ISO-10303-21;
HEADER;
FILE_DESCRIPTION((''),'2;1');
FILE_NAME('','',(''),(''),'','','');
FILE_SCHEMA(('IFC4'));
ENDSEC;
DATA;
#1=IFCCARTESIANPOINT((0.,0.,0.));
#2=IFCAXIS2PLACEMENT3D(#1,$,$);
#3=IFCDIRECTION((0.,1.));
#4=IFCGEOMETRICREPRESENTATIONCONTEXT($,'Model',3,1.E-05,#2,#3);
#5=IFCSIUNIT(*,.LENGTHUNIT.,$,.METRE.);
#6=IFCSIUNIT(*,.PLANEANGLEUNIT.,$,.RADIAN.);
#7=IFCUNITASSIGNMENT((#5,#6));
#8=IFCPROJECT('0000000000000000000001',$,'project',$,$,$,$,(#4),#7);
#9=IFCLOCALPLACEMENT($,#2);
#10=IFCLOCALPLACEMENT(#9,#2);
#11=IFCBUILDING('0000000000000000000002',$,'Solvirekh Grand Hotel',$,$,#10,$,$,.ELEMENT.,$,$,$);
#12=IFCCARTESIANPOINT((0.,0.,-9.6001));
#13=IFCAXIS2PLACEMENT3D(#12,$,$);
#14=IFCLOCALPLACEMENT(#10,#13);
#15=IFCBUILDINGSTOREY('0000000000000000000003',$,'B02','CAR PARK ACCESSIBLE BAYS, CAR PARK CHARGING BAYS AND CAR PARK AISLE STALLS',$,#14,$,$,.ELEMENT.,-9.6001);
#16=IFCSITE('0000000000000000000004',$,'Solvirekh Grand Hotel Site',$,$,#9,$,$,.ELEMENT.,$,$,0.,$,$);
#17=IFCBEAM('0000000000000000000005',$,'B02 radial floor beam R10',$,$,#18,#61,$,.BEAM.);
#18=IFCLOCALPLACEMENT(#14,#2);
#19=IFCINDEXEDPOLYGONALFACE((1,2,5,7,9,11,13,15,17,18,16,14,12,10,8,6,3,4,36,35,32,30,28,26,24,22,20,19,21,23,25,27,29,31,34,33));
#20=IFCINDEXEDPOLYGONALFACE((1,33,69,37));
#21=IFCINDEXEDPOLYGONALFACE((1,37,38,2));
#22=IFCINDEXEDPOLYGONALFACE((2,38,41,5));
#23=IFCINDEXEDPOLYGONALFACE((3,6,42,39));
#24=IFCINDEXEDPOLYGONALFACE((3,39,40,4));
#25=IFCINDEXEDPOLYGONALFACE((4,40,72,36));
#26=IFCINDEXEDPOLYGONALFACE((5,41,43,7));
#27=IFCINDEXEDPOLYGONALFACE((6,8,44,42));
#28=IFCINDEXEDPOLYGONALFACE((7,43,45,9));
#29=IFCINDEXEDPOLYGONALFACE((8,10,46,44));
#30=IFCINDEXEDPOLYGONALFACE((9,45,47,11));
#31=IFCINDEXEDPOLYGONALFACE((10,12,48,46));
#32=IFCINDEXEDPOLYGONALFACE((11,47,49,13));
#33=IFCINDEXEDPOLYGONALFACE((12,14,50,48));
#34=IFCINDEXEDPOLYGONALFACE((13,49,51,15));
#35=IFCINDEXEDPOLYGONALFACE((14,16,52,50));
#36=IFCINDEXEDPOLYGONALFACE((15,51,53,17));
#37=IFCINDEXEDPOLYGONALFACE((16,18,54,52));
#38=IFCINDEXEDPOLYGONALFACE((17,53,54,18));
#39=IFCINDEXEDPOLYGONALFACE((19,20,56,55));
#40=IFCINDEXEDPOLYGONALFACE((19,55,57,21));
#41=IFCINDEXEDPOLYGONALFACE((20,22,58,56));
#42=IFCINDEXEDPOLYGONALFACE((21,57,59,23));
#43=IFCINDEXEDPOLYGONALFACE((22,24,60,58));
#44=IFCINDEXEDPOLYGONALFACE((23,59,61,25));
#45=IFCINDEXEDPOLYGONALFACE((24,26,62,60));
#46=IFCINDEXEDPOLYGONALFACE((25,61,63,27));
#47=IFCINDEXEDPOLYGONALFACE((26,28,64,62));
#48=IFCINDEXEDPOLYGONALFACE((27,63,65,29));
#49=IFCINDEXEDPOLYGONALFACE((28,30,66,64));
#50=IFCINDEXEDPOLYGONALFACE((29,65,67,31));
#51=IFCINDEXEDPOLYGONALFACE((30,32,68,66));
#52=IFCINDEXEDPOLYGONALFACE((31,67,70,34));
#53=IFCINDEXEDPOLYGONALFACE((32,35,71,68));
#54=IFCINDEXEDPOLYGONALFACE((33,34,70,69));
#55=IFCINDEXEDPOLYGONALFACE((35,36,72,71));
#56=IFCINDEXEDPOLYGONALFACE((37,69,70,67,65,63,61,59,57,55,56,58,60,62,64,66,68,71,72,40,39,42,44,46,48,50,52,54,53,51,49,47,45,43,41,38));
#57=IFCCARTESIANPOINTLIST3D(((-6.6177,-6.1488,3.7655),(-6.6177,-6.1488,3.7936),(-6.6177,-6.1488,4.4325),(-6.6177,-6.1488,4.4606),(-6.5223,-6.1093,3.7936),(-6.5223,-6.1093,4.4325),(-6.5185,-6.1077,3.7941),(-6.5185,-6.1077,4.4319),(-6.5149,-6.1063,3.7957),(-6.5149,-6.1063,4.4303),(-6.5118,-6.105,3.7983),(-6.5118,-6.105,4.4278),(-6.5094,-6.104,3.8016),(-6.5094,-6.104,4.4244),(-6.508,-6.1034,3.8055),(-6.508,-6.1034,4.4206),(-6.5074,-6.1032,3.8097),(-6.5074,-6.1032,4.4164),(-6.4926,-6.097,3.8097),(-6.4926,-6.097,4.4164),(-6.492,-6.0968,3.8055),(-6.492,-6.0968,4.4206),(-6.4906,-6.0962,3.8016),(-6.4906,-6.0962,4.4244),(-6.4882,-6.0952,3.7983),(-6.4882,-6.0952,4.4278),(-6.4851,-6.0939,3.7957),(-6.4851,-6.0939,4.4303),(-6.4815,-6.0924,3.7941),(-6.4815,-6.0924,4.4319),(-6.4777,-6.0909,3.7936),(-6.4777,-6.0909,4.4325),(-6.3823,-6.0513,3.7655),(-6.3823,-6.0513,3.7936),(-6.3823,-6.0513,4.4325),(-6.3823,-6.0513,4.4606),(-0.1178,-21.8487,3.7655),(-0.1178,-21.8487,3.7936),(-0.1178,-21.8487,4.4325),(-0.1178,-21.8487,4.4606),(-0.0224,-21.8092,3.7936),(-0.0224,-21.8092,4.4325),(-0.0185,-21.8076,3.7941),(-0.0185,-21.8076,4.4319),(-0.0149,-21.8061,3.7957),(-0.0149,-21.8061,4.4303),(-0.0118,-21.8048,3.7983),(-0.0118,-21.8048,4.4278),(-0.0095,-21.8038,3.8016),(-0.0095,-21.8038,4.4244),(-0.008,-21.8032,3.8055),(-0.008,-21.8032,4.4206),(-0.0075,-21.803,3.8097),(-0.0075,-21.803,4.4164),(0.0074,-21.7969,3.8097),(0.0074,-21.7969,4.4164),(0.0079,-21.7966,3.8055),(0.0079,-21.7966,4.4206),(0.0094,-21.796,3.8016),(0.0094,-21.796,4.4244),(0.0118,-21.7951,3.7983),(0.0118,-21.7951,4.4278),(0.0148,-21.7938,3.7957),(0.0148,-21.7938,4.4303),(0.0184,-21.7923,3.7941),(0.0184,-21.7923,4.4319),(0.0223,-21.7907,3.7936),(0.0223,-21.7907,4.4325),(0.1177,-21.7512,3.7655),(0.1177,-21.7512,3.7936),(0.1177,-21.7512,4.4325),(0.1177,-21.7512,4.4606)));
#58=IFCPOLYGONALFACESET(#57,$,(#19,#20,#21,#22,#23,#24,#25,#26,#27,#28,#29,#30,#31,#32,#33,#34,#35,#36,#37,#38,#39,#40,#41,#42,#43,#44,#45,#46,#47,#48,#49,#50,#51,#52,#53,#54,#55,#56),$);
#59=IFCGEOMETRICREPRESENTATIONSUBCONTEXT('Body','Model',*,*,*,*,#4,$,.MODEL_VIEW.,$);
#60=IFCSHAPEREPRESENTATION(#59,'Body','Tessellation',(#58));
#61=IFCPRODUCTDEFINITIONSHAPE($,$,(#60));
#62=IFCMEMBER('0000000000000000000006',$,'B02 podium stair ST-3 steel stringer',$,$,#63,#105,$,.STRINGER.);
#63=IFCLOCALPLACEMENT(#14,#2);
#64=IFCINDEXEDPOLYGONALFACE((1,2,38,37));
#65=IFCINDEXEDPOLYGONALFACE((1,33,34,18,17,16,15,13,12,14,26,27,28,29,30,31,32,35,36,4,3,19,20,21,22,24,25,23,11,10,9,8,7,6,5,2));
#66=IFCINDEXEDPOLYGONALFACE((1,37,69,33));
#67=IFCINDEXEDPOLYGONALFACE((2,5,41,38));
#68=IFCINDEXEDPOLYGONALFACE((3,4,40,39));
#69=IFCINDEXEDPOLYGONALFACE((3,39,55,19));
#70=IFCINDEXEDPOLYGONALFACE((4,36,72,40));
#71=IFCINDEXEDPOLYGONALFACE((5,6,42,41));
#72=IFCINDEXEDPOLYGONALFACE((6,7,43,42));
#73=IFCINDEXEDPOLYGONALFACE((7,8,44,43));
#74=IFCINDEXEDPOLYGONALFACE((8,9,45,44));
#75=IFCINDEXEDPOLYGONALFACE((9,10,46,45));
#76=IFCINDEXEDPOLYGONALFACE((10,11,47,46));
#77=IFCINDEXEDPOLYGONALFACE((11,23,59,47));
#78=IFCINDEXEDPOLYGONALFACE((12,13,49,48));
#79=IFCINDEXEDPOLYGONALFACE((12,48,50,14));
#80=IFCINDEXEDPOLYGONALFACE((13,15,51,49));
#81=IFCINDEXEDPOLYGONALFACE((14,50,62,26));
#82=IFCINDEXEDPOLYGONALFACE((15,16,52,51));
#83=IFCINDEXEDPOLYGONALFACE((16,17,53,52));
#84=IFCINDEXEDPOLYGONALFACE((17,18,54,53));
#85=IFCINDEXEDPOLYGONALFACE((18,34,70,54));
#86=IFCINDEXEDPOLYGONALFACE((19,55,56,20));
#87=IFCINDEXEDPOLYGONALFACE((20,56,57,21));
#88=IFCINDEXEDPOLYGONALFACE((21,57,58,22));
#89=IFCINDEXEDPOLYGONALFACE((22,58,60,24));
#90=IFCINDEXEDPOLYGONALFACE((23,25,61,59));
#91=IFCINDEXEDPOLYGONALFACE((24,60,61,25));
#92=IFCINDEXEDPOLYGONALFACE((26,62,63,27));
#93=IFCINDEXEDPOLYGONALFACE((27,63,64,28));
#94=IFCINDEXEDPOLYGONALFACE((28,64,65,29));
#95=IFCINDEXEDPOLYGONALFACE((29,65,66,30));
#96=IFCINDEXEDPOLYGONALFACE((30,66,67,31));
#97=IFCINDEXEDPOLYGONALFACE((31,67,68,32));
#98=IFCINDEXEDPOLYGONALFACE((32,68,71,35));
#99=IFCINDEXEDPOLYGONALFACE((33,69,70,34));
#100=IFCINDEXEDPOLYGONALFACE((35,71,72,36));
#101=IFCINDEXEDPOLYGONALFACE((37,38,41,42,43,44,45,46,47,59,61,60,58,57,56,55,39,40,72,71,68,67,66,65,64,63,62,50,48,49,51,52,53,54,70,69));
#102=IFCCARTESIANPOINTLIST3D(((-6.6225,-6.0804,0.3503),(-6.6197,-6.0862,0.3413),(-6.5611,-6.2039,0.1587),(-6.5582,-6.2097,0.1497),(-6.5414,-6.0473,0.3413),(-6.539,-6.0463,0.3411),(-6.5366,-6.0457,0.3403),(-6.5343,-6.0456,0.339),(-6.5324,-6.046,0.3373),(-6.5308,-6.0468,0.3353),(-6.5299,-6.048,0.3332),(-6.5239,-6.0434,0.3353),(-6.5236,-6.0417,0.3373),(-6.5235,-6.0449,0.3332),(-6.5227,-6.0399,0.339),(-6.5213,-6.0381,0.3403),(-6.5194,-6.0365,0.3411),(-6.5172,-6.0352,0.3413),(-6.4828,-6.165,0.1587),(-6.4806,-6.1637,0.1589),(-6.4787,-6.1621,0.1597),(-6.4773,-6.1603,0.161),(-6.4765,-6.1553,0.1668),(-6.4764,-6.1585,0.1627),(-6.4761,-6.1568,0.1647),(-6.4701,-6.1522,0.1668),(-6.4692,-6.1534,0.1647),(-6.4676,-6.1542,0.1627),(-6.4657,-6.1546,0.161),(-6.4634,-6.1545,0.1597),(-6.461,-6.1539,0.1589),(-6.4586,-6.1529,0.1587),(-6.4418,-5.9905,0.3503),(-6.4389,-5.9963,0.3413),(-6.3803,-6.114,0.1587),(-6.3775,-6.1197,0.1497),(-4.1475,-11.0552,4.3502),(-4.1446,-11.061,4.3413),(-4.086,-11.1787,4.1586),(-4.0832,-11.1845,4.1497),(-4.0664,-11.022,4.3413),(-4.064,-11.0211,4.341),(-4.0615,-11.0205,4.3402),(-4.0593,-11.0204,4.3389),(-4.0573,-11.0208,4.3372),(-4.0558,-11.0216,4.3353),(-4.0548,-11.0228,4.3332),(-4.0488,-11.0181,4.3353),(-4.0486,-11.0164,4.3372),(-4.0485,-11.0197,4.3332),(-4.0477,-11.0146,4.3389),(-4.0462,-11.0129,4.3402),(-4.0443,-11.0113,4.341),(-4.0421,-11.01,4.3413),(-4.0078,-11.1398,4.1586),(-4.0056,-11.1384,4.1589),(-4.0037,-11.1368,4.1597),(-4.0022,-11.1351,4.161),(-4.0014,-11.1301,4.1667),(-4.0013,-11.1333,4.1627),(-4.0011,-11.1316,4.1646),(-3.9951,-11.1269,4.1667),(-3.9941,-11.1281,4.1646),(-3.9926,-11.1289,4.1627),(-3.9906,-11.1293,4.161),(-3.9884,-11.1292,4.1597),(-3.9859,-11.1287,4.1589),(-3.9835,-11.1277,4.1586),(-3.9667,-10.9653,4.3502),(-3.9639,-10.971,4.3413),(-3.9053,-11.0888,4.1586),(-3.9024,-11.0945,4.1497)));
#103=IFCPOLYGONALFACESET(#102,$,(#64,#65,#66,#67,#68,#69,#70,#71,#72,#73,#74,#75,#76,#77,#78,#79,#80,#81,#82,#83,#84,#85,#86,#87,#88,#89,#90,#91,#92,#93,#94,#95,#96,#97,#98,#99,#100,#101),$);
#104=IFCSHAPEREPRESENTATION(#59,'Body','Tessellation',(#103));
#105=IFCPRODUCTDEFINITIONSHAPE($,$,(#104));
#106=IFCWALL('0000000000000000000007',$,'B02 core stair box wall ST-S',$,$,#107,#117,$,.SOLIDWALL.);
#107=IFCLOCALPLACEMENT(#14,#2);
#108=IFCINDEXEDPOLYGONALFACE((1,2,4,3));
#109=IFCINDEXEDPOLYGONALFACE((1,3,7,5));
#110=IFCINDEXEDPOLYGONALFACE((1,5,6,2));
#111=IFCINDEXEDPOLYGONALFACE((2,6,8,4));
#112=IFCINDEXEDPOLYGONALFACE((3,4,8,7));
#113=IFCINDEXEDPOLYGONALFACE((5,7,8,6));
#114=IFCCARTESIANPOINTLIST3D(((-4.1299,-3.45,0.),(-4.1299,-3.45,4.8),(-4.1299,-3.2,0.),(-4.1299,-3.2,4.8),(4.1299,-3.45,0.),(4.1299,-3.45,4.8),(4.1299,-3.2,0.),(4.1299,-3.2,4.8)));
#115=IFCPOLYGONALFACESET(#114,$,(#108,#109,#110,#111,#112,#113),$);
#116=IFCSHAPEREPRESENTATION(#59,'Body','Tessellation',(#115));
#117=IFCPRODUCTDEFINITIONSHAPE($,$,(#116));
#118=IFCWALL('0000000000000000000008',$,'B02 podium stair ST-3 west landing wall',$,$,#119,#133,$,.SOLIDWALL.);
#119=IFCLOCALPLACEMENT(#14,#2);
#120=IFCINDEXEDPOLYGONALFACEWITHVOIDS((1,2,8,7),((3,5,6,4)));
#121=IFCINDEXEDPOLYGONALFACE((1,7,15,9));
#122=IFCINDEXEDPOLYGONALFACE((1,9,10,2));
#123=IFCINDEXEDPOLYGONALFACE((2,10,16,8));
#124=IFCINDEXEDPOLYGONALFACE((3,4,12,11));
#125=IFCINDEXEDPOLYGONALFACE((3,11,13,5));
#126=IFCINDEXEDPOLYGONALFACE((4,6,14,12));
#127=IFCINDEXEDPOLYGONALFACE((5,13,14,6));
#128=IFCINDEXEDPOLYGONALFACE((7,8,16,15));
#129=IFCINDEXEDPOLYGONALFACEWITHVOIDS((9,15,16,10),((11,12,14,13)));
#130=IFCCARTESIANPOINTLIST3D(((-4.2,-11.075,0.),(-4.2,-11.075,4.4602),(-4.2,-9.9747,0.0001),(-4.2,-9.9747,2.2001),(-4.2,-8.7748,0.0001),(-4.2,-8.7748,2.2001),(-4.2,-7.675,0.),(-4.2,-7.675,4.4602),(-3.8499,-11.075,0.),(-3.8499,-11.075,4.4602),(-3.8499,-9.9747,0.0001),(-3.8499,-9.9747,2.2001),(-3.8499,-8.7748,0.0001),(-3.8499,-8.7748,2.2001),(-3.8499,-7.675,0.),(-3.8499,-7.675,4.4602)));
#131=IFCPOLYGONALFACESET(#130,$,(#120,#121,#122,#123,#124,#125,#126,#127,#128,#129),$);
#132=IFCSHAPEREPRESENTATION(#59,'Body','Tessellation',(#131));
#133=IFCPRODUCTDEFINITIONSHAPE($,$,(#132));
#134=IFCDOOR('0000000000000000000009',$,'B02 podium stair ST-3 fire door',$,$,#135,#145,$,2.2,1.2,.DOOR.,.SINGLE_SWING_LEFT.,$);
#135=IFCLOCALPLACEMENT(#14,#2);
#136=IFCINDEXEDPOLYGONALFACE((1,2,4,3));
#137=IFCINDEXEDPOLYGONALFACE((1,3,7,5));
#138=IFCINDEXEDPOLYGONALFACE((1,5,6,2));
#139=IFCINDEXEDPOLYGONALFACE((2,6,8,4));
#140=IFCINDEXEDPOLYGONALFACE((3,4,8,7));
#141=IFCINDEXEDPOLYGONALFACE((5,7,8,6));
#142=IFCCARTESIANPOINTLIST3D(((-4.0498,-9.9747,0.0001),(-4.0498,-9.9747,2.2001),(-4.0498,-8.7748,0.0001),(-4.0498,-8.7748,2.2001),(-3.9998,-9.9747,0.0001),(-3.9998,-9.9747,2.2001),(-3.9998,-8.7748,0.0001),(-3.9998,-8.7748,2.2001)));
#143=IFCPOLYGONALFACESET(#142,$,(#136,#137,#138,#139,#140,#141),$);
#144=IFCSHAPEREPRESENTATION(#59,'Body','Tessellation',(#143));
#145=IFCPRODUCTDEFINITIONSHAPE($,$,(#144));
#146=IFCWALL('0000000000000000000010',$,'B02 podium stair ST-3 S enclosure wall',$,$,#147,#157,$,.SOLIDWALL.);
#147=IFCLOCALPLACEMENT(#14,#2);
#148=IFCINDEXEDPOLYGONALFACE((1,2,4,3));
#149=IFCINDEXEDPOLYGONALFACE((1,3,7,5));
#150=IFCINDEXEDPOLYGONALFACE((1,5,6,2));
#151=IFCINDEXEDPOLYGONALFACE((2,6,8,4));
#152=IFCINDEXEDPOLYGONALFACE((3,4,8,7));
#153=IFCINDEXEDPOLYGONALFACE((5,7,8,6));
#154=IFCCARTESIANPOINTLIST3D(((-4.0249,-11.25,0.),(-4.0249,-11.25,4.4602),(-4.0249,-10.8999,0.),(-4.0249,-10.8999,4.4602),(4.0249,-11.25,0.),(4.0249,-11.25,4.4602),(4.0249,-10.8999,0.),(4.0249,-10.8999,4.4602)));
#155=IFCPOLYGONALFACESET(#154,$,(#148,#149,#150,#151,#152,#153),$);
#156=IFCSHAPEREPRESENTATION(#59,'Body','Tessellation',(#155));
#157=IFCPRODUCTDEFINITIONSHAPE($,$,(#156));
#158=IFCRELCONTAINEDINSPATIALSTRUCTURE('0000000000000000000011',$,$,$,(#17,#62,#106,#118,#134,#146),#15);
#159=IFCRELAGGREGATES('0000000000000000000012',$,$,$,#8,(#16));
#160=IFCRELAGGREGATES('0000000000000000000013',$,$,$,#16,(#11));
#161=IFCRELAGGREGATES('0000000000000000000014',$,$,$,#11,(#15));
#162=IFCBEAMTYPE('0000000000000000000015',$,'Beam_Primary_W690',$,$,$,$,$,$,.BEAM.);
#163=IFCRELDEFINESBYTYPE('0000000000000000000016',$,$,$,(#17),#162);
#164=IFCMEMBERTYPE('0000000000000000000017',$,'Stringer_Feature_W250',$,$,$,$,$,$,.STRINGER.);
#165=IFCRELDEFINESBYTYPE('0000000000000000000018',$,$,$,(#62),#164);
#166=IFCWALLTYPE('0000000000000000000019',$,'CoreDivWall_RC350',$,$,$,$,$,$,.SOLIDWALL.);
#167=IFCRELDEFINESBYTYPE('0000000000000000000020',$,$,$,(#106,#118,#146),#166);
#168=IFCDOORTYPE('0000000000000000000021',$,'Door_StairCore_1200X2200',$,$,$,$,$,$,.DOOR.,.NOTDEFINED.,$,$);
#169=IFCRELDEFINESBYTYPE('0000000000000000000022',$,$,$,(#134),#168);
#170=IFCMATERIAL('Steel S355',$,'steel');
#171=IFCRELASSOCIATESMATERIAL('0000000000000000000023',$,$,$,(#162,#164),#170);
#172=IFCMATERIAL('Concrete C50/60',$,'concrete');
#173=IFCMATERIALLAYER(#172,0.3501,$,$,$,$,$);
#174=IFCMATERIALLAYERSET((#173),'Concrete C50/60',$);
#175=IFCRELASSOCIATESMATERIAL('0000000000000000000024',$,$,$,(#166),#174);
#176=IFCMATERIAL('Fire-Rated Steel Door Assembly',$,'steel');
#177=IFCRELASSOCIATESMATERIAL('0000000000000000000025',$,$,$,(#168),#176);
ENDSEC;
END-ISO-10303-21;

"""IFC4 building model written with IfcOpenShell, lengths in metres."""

from ifc_helpers import new_model, si_unit, direction, frame, frame_2d, origin, origin_2d, place, context, subcontext, project, spatial, rectangle, i_section, extrude, material, layer, layer_set, material_profile, profile_set, type_object, element, fill, save


model = new_model("IFC4")

# Units and contexts
model_context = context("Model", 3, precision=1e-05, world=origin(), true_north=direction((0.0, 1.0)))
body_context = subcontext(model_context, "Body", "Model", "MODEL_VIEW")
ifc_project = project(units=[si_unit("LENGTHUNIT", "METRE"), si_unit("PLANEANGLEUNIT", "RADIAN")], contexts=[model_context])

# Site, building, storey
site_placement = place(None, origin())
site = spatial("IfcSite", under=ifc_project, at=site_placement, Name="Solvirekh Grand Hotel Site", CompositionType="ELEMENT", RefElevation=0.0)
building_placement = place(site_placement, origin())
building = spatial("IfcBuilding", under=site, at=building_placement, Name="Solvirekh Grand Hotel", CompositionType="ELEMENT")
storey_placement = place(building_placement, frame((0.0, 0.0, -9.6001)))
storey = spatial("IfcBuildingStorey", under=building, at=storey_placement, Name="B02", Description="CAR PARK ACCESSIBLE BAYS, CAR PARK CHARGING BAYS AND CAR PARK AISLE STALLS", CompositionType="ELEMENT", Elevation=-9.6001)

# Shared definitions
ifc_material_1 = material(Name="Concrete C50/60", Category="concrete")

# Shared definitions
ifc_material_2 = material(Name="Steel S355", Category="steel")

# Beam
ifc_material_profile_1 = material_profile(ifc_material_2, i_section(OverallWidth=0.2549, OverallDepth=0.6951, WebThickness=0.0161, FlangeThickness=0.0281, FilletRadius=0.0161, at=origin_2d()), Name="W690X217")
ifc_profile_set_1 = profile_set([ifc_material_profile_1], Name="Steel S355")
beam_type_1 = type_object("IfcBeamType", Name="Beam_Primary_W690", PredefinedType="BEAM", material=ifc_profile_set_1)
beam_1_placement = place(storey_placement, frame((-6.5, -6.1001, 4.113), z_axis=(0.382526, -0.923945, 0.0), x_axis=(0.923945, 0.382526, 0.0)))
element("IfcBeam", 1, at=beam_1_placement, inside=storey, type_object=beam_type_1, Name="B02 radial floor beam R10", PredefinedType="BEAM", context=body_context, shape_type="SweptSolid", body=[
    extrude(i_section(OverallWidth=0.2549, OverallDepth=0.6951, WebThickness=0.0161, FlangeThickness=0.0281, FilletRadius=0.0161, at=origin_2d()), origin(), (0.0, 0.0, 1.0), 16.9922),
])

# Member
ifc_material_profile_2 = material_profile(ifc_material_2, i_section(OverallWidth=0.2019, OverallDepth=0.2471, WebThickness=0.0071, FlangeThickness=0.011, FilletRadius=0.01, at=origin_2d()), Name="W250X49")
ifc_profile_set_2 = profile_set([ifc_material_profile_2], Name="Steel S355")
member_type = type_object("IfcMemberType", Name="Stringer_Feature_W250", PredefinedType="STRINGER", material=ifc_profile_set_2)
member_placement = place(storey_placement, frame((-6.5, -6.1001, 0.25), z_axis=(0.36151, -0.726622, 0.584236), x_axis=(0.895313, 0.445438, 0.0)))
element("IfcMember", 2, at=member_placement, inside=storey, type_object=member_type, Name="B02 podium stair ST-3 steel stringer", PredefinedType="STRINGER", context=body_context, shape_type="SweptSolid", body=[
    extrude(i_section(OverallWidth=0.2019, OverallDepth=0.2471, WebThickness=0.0071, FlangeThickness=0.011, FilletRadius=0.01, at=origin_2d()), origin(), (0.0, 0.0, 1.0), 6.8464),
])

# Wall
ifc_layer_1 = layer(ifc_material_1, 0.3501)
ifc_layer_set_1 = layer_set([ifc_layer_1], Name="Concrete C50/60")
wall_type_1 = type_object("IfcWallType", Name="CoreDivWall_RC350", PredefinedType="SOLIDWALL", material=ifc_layer_set_1)
wall_1_placement = place(storey_placement, frame((-4.1299, -3.325, 0.0), z_axis=(0.0, 0.0, 1.0), x_axis=(1.0, 0.0, 0.0)))
element("IfcWall", 3, at=wall_1_placement, inside=storey, type_object=wall_type_1, Name="B02 core stair box wall ST-S", PredefinedType="SOLIDWALL", context=body_context, shape_type="SweptSolid", body=[
    extrude(rectangle(XDim=8.2598, YDim=0.25, at=frame_2d((4.1299, 0.0))), origin(), (0.0, 0.0, 1.0), 4.8),
])

# Wall, opening, door
wall_2_placement = place(storey_placement, frame((-4.0249, -11.075, 0.0), z_axis=(0.0, 0.0, 1.0), x_axis=(0.0, 1.0, 0.0)))
wall_2 = element("IfcWall", 4, at=wall_2_placement, inside=storey, type_object=wall_type_1, Name="B02 podium stair ST-3 west landing wall", PredefinedType="SOLIDWALL", context=body_context, shape_type="SweptSolid", body=[
    extrude(rectangle(XDim=3.3999, YDim=0.3501, at=frame_2d((1.7, 0.0))), origin(), (0.0, 0.0, 1.0), 4.4602),
])
opening_1_placement = place(wall_2_placement, frame((1.1001, 0.0, 0.0)))
opening_1 = element("IfcOpeningElement", 5, at=opening_1_placement, cuts=wall_2, PredefinedType="OPENING", context=body_context, shape_type="SweptSolid", body=[
    extrude(rectangle(XDim=1.2, YDim=2.2, at=frame_2d((0.6001, 1.1001))), frame((0.0, 0.1851, 0.0), z_axis=(0.0, -1.0, 0.0), x_axis=(1.0, 0.0, 0.0)), (0.0, 0.0, 1.0), 0.3701),
])
ifc_material_3 = material(Name="Fire-Rated Steel Door Assembly", Category="steel")
door_type = type_object("IfcDoorType", Name="Door_StairCore_1200X2200", OperationType="NOTDEFINED", PredefinedType="DOOR", material=ifc_material_3)
door_1_placement = place(opening_1_placement, origin())
door_1 = element("IfcDoor", 6, at=door_1_placement, inside=storey, type_object=door_type, Name="B02 podium stair ST-3 fire door", OperationType="SINGLE_SWING_LEFT", OverallHeight=2.2, OverallWidth=1.2, PredefinedType="DOOR", context=body_context, shape_type="SweptSolid", body=[
    extrude(rectangle(XDim=1.2, YDim=2.2, at=frame_2d((0.6001, 1.1001))), frame((0.0, 0.0249, 0.0), z_axis=(0.0, -1.0, 0.0), x_axis=(1.0, 0.0, 0.0)), (0.0, 0.0, 1.0), 0.05),
])
fill(opening_1, door_1)

# Wall
wall_3_placement = place(storey_placement, frame((-4.0249, -11.075, 0.0), z_axis=(0.0, 0.0, 1.0), x_axis=(1.0, 0.0, 0.0)))
element("IfcWall", 7, at=wall_3_placement, inside=storey, type_object=wall_type_1, Name="B02 podium stair ST-3 S enclosure wall", PredefinedType="SOLIDWALL", context=body_context, shape_type="SweptSolid", body=[
    extrude(rectangle(XDim=8.0498, YDim=0.3501, at=frame_2d((4.0249, 0.0))), origin(), (0.0, 0.0, 1.0), 4.4602),
])

save(model, "model.ifc")
